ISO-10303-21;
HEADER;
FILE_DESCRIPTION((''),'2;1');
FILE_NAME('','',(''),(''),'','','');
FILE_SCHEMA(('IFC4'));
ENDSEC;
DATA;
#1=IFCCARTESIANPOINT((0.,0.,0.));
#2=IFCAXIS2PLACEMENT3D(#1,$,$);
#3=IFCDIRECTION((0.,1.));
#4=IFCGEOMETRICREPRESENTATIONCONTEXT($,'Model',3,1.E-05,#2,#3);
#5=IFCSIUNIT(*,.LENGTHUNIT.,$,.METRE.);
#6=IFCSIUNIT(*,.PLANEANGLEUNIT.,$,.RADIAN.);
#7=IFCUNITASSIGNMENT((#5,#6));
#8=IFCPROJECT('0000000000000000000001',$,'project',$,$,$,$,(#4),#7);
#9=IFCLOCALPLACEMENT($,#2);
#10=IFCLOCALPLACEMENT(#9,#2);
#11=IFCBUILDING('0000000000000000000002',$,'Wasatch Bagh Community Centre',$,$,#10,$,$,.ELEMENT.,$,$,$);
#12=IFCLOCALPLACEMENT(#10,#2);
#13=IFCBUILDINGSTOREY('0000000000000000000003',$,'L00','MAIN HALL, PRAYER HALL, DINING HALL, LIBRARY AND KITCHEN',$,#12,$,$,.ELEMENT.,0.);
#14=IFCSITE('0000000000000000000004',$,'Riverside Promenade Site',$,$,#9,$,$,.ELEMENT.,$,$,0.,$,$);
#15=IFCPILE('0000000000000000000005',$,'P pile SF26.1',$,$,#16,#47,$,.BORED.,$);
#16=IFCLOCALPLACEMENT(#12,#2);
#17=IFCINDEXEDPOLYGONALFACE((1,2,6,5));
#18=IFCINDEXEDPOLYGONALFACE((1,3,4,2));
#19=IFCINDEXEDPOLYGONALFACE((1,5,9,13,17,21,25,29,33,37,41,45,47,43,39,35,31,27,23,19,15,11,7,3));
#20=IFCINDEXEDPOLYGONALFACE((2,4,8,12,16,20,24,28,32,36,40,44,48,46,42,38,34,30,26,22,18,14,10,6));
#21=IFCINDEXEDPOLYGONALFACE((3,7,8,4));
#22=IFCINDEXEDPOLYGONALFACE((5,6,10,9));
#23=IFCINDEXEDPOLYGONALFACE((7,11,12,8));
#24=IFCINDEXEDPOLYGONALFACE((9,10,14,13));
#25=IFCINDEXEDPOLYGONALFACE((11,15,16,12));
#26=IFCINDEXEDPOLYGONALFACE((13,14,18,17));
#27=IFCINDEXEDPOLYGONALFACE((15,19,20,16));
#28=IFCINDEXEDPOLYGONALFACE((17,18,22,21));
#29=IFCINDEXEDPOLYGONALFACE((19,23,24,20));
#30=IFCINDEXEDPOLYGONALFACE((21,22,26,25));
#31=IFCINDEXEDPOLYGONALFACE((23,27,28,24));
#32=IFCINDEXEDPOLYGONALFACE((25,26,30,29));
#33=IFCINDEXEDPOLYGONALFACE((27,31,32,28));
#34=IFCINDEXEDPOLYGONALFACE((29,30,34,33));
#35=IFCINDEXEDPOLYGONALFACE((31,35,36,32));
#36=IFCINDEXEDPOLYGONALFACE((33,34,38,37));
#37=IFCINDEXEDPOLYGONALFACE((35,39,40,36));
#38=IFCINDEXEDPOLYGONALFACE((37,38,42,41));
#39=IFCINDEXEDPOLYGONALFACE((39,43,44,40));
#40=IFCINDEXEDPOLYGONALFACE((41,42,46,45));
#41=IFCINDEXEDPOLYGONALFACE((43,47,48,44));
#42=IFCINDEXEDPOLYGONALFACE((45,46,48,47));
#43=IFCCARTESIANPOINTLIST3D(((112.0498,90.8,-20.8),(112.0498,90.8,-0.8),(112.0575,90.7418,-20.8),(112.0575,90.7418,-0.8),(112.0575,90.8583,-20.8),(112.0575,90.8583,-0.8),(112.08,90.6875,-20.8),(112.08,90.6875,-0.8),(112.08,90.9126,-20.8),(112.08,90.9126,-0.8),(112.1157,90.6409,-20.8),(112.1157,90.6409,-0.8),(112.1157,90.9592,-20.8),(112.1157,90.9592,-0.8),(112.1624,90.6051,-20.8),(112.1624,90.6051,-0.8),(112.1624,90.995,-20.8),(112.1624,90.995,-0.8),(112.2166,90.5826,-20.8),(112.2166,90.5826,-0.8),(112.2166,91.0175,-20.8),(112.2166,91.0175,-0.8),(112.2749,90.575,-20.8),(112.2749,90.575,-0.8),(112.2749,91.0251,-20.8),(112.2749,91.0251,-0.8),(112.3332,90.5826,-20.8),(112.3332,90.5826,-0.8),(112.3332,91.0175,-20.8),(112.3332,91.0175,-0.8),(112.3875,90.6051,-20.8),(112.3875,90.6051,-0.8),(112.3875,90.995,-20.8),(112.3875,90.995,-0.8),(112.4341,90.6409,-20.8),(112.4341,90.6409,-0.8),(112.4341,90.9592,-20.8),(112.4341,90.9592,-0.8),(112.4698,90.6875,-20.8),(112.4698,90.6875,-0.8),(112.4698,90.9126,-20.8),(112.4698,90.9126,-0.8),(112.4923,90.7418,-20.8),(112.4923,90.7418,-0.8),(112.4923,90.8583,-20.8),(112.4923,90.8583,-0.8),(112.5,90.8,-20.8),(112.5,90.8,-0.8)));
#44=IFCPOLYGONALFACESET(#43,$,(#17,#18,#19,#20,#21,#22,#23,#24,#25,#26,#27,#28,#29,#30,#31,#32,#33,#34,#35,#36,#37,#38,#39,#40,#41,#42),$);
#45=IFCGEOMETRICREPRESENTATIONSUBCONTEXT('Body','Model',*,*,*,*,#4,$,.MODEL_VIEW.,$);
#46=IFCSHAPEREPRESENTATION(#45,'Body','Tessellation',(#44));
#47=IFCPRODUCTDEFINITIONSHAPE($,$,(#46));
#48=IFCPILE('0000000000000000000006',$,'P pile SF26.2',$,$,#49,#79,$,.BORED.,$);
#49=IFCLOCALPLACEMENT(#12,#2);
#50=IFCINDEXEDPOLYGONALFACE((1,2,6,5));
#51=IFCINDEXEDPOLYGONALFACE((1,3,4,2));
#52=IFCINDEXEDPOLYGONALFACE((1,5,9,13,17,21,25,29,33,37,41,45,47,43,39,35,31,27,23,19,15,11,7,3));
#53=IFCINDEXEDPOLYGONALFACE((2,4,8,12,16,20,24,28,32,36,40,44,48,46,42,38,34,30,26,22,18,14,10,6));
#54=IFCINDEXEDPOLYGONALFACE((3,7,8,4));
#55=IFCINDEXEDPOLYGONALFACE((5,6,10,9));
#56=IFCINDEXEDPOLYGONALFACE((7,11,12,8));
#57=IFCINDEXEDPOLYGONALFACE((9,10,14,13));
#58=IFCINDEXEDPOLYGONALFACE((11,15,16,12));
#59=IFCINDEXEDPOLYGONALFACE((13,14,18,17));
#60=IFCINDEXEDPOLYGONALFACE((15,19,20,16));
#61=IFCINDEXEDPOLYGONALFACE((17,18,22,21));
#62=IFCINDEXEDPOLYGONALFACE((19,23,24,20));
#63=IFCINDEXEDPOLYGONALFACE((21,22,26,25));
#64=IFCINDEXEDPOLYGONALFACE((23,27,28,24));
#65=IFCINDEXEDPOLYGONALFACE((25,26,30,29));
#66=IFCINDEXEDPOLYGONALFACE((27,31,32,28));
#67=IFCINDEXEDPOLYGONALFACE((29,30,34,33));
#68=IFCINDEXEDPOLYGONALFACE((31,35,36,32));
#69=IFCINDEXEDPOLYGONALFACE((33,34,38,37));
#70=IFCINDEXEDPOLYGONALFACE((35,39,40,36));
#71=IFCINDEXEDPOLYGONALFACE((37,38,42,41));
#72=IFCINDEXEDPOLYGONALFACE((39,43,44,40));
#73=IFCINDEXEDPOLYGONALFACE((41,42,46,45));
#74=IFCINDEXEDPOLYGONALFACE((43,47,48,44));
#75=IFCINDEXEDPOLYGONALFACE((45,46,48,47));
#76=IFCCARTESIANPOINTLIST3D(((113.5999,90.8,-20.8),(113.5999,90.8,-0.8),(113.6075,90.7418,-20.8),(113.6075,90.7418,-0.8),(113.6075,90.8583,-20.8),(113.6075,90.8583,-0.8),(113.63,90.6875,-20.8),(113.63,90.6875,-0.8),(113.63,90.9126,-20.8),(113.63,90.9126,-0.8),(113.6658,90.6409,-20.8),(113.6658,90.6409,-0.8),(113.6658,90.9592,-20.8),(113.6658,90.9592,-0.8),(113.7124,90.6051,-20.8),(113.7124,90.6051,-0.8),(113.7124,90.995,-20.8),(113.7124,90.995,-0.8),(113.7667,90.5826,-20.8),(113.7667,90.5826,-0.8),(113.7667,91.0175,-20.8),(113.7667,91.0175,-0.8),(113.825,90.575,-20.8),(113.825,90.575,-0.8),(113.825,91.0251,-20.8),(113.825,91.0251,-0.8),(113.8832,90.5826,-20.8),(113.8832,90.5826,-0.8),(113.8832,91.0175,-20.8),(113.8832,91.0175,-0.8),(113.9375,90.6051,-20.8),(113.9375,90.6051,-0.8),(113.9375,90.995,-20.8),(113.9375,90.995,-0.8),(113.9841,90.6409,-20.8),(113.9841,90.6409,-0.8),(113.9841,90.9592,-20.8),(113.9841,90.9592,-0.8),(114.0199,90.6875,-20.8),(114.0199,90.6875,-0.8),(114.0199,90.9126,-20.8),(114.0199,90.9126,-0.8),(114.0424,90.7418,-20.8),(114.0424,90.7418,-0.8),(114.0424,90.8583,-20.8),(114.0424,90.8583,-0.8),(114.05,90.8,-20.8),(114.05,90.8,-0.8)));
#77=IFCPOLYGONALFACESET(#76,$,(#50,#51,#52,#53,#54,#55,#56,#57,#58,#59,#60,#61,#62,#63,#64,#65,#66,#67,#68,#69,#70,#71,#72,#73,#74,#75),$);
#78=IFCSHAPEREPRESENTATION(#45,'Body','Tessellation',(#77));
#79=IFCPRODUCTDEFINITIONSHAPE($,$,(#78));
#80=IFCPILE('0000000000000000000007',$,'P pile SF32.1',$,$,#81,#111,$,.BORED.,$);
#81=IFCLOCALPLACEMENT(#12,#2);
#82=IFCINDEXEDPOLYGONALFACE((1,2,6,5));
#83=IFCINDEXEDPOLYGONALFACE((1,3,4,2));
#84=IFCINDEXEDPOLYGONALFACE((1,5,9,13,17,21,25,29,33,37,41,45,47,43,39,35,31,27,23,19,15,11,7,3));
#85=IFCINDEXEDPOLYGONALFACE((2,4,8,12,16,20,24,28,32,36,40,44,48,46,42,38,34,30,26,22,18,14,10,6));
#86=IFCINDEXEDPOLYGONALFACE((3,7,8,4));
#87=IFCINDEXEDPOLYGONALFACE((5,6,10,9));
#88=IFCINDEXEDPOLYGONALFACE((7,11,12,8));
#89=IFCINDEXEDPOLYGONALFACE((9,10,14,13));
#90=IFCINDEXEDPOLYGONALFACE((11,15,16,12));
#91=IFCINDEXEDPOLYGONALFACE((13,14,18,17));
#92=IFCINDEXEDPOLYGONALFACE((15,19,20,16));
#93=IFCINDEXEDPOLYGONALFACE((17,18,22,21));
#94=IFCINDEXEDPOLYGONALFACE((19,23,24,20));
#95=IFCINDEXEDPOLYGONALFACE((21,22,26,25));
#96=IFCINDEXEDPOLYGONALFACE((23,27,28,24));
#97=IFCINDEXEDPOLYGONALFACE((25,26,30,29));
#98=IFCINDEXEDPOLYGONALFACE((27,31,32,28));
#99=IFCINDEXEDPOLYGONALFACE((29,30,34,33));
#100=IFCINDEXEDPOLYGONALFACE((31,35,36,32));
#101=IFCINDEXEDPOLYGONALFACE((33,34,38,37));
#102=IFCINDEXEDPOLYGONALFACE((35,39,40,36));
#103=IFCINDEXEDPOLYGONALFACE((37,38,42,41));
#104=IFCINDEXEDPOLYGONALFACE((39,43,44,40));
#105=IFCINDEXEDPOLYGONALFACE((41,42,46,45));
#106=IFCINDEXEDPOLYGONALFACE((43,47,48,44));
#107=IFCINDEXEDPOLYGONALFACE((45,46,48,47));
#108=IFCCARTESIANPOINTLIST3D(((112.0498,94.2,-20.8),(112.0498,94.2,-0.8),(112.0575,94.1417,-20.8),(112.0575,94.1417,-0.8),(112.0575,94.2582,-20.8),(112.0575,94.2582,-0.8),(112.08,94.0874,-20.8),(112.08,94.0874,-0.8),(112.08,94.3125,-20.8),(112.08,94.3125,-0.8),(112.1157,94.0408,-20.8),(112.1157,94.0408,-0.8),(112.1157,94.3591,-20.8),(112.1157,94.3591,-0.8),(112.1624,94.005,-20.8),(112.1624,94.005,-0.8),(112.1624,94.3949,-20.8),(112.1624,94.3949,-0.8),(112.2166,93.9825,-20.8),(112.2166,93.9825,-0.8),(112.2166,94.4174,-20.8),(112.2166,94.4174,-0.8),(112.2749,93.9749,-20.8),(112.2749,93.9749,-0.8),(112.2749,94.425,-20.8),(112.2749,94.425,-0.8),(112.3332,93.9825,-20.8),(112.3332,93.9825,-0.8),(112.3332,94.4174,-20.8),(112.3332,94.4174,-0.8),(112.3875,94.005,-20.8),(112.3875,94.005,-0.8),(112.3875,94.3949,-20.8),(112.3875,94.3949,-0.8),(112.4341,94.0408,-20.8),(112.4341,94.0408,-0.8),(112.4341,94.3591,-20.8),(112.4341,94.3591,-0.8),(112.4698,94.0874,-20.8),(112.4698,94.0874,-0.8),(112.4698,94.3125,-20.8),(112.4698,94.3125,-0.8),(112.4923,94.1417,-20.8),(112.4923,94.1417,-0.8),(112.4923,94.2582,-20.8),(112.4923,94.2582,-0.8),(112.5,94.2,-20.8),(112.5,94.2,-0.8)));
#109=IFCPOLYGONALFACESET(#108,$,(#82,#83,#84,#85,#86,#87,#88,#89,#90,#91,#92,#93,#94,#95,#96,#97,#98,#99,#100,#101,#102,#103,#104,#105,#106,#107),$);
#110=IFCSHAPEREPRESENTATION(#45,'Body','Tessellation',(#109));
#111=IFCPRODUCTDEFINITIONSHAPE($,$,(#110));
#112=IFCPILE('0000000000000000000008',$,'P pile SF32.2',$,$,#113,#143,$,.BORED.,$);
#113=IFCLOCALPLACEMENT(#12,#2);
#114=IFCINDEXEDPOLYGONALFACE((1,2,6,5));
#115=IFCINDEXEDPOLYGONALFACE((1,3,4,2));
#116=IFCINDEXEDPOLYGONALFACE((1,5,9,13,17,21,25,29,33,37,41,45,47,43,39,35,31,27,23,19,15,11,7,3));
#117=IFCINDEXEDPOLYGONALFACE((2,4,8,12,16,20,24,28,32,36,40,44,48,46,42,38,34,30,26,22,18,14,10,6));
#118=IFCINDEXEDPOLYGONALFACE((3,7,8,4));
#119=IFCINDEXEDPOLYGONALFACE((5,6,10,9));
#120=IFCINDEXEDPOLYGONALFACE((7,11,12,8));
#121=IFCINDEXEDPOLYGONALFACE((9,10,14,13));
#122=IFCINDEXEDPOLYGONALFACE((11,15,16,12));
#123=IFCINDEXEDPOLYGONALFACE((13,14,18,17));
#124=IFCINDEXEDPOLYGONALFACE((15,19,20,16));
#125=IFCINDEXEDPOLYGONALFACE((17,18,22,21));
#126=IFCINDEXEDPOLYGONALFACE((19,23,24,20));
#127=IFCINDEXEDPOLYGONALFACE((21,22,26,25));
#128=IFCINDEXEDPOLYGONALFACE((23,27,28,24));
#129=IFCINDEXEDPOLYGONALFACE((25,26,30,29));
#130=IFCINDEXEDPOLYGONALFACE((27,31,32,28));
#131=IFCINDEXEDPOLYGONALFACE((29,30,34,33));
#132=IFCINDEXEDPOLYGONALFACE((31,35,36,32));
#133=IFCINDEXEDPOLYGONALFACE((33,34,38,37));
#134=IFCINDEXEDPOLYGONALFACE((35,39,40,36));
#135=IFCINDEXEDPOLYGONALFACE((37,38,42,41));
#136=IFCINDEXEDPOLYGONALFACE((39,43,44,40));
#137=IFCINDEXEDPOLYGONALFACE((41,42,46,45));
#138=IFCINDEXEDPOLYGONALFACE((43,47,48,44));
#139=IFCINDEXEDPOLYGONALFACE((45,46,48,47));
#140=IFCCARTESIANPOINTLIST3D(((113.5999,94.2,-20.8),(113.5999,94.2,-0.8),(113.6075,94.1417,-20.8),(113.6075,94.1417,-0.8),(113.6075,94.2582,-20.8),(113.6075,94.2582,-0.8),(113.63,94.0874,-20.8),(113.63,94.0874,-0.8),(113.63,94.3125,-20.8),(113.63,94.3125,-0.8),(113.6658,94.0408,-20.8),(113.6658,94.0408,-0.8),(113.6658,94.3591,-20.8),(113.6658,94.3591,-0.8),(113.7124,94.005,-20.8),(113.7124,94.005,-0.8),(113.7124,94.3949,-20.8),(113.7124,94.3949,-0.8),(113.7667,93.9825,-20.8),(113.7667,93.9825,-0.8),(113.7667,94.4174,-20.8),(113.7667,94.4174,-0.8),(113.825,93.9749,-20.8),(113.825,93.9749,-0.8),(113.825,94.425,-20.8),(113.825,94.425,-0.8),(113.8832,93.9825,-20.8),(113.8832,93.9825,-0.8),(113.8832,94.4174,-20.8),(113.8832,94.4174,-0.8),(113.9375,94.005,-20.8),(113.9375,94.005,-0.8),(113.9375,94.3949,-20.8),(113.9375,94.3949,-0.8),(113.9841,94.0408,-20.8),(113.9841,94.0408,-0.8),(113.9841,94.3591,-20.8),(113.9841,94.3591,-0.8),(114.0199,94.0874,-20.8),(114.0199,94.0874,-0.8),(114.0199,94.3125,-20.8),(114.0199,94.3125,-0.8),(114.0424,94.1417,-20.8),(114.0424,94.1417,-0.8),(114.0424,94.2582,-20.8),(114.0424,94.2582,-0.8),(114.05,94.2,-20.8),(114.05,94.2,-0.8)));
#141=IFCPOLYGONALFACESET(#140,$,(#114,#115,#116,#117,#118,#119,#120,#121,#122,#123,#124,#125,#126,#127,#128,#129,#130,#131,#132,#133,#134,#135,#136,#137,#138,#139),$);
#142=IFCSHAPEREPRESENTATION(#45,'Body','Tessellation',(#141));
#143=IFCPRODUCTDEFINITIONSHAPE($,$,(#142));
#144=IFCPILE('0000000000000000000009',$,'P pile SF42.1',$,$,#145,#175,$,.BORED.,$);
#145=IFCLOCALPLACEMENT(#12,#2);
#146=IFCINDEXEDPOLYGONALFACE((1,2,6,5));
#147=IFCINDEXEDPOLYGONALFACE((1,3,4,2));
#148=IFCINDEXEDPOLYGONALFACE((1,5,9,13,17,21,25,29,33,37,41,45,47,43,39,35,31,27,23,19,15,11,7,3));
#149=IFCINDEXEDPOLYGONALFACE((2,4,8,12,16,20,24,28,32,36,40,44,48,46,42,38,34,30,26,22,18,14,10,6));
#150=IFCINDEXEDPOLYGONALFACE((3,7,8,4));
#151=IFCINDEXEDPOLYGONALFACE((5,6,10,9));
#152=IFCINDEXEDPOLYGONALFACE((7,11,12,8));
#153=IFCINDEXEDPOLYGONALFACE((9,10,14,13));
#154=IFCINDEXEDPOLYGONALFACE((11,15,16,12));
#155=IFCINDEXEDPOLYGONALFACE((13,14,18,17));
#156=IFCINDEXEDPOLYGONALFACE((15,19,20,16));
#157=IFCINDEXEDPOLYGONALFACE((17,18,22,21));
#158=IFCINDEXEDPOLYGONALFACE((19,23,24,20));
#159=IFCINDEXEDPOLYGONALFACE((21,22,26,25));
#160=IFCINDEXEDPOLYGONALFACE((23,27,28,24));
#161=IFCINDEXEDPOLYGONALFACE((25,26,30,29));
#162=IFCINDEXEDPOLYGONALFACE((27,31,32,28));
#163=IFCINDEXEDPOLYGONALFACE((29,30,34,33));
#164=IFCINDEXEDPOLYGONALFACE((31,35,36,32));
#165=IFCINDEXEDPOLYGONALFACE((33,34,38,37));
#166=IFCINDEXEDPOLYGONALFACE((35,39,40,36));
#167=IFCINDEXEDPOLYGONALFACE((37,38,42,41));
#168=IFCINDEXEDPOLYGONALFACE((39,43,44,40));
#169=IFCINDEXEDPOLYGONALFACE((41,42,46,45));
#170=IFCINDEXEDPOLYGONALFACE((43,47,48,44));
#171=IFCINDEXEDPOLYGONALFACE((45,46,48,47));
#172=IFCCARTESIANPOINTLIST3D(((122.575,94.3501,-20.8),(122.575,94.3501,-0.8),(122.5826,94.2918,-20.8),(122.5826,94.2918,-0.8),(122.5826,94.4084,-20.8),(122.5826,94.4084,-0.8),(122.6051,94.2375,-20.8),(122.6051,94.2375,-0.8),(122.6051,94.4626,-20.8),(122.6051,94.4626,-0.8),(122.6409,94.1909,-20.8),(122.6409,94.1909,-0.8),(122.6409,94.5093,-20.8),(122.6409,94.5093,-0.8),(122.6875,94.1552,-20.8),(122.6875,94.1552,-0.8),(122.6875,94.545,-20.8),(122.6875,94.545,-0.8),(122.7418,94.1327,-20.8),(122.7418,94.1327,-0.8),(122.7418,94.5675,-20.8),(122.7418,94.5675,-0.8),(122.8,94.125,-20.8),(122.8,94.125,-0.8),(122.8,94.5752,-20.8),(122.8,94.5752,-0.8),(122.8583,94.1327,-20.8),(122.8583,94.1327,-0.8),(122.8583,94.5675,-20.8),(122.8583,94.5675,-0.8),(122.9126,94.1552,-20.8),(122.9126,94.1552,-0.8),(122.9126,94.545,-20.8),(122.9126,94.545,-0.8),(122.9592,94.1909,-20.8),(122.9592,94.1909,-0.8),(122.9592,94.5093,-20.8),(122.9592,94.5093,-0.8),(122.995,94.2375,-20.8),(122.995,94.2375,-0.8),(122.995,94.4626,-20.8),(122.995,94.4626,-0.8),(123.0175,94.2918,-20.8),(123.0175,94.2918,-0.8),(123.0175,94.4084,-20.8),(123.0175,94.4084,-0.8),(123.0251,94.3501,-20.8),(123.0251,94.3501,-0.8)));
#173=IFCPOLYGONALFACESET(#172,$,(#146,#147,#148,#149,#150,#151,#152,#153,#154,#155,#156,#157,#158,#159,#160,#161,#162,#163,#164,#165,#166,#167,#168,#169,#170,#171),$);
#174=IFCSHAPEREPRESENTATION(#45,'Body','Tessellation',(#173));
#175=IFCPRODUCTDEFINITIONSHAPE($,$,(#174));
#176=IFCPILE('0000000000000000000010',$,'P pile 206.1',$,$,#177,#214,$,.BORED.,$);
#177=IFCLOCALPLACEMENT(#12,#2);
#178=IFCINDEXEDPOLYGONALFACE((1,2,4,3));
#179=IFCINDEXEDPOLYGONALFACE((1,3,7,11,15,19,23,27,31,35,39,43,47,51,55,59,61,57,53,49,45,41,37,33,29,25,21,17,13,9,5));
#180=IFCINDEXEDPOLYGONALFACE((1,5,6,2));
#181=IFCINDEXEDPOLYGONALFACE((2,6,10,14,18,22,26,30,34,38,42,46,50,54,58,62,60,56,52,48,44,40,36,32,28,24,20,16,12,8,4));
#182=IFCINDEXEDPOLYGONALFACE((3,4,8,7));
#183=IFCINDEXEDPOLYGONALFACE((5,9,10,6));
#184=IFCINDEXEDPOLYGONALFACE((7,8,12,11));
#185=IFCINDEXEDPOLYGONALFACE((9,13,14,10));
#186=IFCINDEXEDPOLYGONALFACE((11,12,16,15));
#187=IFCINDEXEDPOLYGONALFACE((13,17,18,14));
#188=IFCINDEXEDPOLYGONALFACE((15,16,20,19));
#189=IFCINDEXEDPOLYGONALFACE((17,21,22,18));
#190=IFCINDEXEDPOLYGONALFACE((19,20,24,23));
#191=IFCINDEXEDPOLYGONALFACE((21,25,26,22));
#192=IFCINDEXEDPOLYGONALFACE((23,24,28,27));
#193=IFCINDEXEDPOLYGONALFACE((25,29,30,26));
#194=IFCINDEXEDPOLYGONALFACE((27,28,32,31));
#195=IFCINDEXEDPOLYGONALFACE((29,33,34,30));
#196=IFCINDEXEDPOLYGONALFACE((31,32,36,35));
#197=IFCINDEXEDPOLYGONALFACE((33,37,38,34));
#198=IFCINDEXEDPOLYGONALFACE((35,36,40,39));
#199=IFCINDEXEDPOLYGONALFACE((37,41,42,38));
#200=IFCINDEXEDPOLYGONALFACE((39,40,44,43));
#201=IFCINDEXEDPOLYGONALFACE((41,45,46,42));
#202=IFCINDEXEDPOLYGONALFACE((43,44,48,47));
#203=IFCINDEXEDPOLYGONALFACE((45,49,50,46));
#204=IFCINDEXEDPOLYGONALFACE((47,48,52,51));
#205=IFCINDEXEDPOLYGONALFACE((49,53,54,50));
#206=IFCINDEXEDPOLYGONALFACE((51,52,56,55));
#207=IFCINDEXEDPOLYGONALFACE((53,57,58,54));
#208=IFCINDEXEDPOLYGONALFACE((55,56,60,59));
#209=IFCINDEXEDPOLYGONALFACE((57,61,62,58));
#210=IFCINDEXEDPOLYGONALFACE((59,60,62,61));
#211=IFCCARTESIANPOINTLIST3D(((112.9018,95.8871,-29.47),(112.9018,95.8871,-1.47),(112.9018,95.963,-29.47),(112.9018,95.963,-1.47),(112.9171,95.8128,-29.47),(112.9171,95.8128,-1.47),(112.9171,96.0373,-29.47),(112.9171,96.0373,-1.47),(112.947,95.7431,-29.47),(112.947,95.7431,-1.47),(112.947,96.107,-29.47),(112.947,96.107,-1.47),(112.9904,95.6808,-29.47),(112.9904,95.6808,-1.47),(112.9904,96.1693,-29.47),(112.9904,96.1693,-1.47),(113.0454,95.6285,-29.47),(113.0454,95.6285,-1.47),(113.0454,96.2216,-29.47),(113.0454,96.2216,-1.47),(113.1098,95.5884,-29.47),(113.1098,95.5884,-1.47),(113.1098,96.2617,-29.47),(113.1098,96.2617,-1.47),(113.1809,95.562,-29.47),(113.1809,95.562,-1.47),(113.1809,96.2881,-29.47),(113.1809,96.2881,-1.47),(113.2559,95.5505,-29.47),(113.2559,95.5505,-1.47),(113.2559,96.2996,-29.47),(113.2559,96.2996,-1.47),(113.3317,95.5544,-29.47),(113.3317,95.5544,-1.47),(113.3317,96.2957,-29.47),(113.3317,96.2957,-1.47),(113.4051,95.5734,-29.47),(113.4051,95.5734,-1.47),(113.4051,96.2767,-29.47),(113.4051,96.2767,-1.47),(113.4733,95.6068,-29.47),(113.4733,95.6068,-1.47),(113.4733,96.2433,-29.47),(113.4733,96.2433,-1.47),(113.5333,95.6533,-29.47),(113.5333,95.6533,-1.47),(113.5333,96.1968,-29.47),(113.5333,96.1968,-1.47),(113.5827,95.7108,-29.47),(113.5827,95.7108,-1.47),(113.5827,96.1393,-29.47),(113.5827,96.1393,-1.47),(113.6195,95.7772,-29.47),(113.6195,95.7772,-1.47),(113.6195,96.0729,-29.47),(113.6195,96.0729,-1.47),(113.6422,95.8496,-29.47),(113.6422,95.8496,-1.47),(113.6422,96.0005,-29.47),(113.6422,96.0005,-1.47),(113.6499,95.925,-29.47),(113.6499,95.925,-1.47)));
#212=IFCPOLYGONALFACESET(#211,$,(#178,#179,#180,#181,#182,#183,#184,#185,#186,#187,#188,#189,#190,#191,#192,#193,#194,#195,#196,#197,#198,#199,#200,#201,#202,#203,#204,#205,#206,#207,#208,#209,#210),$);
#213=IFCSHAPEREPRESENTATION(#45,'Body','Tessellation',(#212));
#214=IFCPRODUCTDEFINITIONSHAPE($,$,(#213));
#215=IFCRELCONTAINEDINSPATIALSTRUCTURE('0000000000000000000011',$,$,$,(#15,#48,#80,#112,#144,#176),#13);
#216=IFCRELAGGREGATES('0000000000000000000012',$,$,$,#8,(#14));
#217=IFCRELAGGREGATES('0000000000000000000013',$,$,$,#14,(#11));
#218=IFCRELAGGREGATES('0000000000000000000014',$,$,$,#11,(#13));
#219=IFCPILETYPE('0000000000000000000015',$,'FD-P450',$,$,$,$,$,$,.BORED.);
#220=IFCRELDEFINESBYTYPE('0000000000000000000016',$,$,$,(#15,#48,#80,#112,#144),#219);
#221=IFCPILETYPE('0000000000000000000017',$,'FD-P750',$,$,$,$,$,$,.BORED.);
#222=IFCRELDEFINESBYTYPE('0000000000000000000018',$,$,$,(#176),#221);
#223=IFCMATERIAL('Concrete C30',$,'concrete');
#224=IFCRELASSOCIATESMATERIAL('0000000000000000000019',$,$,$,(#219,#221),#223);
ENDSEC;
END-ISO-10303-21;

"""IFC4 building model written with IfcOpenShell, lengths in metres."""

from ifc_helpers import new_model, si_unit, direction, frame, origin, origin_2d, place, context, subcontext, project, spatial, circle, extrude, material, material_profile, profile_set, type_object, element, save


model = new_model("IFC4")

# Units and contexts
model_context = context("Model", 3, precision=1e-05, world=origin(), true_north=direction((0.0, 1.0)))
body_context = subcontext(model_context, "Body", "Model", "MODEL_VIEW")
ifc_project = project(units=[si_unit("LENGTHUNIT", "METRE"), si_unit("PLANEANGLEUNIT", "RADIAN")], contexts=[model_context])

# Site, building, storey
site_placement = place(None, origin())
site = spatial("IfcSite", under=ifc_project, at=site_placement, Name="Riverside Promenade Site", CompositionType="ELEMENT", RefElevation=0.0)
building_placement = place(site_placement, origin())
building = spatial("IfcBuilding", under=site, at=building_placement, Name="Wasatch Bagh Community Centre", CompositionType="ELEMENT")
storey_placement = place(building_placement, origin())
storey = spatial("IfcBuildingStorey", under=building, at=storey_placement, Name="L00", Description="MAIN HALL, PRAYER HALL, DINING HALL, LIBRARY AND KITCHEN", CompositionType="ELEMENT", Elevation=0.0)

# Piles
ifc_material_1 = material(Name="Concrete C30", Category="concrete")
ifc_material_profile_1 = material_profile(ifc_material_1, circle(Radius=0.2251, at=origin_2d()), Name="RC D450")
ifc_profile_set_1 = profile_set([ifc_material_profile_1], Name="Concrete C30")
pile_type_1 = type_object("IfcPileType", Name="FD-P450", PredefinedType="BORED", material=ifc_profile_set_1)
for number, where, z_axis, x_axis, name in (
    (1, (112.2749, 90.8, -0.8), (0.0, 0.0, -1.0), (1.0, 0.0, 0.0), "P pile SF26.1"),
    (2, (113.825, 90.8, -0.8), (0.0, 0.0, -1.0), (1.0, 0.0, 0.0), "P pile SF26.2"),
    (3, (112.2749, 94.2, -0.8), (0.0, 0.0, -1.0), (1.0, 0.0, 0.0), "P pile SF32.1"),
    (4, (113.825, 94.2, -0.8), (0.0, 0.0, -1.0), (1.0, 0.0, 0.0), "P pile SF32.2"),
    (5, (122.8, 94.3501, -0.8), (0.0, 0.0, -1.0), (1.0, 0.0, 0.0), "P pile SF42.1"),
):
    element("IfcPile", number, at=place(storey_placement, frame(where, z_axis=z_axis, x_axis=x_axis)), inside=storey, type_object=pile_type_1, Name=name, PredefinedType="BORED", context=body_context, shape_type="SweptSolid", body=[
        extrude(circle(Radius=0.2251, at=origin_2d()), origin(), (0.0, 0.0, 1.0), 20.0),
    ])
ifc_material_profile_2 = material_profile(ifc_material_1, circle(Radius=0.375, at=origin_2d()), Name="RC D750")
ifc_profile_set_2 = profile_set([ifc_material_profile_2], Name="Concrete C30")
pile_type_2 = type_object("IfcPileType", Name="FD-P750", PredefinedType="BORED", material=ifc_profile_set_2)
for number, where, z_axis, x_axis, name in (
    (6, (113.2749, 95.925, -1.47), (0.0, 0.0, -1.0), (1.0, 0.0, 0.0), "P pile 206.1"),
):
    element("IfcPile", number, at=place(storey_placement, frame(where, z_axis=z_axis, x_axis=x_axis)), inside=storey, type_object=pile_type_2, Name=name, PredefinedType="BORED", context=body_context, shape_type="SweptSolid", body=[
        extrude(circle(Radius=0.375, at=origin_2d()), origin(), (0.0, 0.0, 1.0), 28.0),
    ])

save(model, "model.ifc")
